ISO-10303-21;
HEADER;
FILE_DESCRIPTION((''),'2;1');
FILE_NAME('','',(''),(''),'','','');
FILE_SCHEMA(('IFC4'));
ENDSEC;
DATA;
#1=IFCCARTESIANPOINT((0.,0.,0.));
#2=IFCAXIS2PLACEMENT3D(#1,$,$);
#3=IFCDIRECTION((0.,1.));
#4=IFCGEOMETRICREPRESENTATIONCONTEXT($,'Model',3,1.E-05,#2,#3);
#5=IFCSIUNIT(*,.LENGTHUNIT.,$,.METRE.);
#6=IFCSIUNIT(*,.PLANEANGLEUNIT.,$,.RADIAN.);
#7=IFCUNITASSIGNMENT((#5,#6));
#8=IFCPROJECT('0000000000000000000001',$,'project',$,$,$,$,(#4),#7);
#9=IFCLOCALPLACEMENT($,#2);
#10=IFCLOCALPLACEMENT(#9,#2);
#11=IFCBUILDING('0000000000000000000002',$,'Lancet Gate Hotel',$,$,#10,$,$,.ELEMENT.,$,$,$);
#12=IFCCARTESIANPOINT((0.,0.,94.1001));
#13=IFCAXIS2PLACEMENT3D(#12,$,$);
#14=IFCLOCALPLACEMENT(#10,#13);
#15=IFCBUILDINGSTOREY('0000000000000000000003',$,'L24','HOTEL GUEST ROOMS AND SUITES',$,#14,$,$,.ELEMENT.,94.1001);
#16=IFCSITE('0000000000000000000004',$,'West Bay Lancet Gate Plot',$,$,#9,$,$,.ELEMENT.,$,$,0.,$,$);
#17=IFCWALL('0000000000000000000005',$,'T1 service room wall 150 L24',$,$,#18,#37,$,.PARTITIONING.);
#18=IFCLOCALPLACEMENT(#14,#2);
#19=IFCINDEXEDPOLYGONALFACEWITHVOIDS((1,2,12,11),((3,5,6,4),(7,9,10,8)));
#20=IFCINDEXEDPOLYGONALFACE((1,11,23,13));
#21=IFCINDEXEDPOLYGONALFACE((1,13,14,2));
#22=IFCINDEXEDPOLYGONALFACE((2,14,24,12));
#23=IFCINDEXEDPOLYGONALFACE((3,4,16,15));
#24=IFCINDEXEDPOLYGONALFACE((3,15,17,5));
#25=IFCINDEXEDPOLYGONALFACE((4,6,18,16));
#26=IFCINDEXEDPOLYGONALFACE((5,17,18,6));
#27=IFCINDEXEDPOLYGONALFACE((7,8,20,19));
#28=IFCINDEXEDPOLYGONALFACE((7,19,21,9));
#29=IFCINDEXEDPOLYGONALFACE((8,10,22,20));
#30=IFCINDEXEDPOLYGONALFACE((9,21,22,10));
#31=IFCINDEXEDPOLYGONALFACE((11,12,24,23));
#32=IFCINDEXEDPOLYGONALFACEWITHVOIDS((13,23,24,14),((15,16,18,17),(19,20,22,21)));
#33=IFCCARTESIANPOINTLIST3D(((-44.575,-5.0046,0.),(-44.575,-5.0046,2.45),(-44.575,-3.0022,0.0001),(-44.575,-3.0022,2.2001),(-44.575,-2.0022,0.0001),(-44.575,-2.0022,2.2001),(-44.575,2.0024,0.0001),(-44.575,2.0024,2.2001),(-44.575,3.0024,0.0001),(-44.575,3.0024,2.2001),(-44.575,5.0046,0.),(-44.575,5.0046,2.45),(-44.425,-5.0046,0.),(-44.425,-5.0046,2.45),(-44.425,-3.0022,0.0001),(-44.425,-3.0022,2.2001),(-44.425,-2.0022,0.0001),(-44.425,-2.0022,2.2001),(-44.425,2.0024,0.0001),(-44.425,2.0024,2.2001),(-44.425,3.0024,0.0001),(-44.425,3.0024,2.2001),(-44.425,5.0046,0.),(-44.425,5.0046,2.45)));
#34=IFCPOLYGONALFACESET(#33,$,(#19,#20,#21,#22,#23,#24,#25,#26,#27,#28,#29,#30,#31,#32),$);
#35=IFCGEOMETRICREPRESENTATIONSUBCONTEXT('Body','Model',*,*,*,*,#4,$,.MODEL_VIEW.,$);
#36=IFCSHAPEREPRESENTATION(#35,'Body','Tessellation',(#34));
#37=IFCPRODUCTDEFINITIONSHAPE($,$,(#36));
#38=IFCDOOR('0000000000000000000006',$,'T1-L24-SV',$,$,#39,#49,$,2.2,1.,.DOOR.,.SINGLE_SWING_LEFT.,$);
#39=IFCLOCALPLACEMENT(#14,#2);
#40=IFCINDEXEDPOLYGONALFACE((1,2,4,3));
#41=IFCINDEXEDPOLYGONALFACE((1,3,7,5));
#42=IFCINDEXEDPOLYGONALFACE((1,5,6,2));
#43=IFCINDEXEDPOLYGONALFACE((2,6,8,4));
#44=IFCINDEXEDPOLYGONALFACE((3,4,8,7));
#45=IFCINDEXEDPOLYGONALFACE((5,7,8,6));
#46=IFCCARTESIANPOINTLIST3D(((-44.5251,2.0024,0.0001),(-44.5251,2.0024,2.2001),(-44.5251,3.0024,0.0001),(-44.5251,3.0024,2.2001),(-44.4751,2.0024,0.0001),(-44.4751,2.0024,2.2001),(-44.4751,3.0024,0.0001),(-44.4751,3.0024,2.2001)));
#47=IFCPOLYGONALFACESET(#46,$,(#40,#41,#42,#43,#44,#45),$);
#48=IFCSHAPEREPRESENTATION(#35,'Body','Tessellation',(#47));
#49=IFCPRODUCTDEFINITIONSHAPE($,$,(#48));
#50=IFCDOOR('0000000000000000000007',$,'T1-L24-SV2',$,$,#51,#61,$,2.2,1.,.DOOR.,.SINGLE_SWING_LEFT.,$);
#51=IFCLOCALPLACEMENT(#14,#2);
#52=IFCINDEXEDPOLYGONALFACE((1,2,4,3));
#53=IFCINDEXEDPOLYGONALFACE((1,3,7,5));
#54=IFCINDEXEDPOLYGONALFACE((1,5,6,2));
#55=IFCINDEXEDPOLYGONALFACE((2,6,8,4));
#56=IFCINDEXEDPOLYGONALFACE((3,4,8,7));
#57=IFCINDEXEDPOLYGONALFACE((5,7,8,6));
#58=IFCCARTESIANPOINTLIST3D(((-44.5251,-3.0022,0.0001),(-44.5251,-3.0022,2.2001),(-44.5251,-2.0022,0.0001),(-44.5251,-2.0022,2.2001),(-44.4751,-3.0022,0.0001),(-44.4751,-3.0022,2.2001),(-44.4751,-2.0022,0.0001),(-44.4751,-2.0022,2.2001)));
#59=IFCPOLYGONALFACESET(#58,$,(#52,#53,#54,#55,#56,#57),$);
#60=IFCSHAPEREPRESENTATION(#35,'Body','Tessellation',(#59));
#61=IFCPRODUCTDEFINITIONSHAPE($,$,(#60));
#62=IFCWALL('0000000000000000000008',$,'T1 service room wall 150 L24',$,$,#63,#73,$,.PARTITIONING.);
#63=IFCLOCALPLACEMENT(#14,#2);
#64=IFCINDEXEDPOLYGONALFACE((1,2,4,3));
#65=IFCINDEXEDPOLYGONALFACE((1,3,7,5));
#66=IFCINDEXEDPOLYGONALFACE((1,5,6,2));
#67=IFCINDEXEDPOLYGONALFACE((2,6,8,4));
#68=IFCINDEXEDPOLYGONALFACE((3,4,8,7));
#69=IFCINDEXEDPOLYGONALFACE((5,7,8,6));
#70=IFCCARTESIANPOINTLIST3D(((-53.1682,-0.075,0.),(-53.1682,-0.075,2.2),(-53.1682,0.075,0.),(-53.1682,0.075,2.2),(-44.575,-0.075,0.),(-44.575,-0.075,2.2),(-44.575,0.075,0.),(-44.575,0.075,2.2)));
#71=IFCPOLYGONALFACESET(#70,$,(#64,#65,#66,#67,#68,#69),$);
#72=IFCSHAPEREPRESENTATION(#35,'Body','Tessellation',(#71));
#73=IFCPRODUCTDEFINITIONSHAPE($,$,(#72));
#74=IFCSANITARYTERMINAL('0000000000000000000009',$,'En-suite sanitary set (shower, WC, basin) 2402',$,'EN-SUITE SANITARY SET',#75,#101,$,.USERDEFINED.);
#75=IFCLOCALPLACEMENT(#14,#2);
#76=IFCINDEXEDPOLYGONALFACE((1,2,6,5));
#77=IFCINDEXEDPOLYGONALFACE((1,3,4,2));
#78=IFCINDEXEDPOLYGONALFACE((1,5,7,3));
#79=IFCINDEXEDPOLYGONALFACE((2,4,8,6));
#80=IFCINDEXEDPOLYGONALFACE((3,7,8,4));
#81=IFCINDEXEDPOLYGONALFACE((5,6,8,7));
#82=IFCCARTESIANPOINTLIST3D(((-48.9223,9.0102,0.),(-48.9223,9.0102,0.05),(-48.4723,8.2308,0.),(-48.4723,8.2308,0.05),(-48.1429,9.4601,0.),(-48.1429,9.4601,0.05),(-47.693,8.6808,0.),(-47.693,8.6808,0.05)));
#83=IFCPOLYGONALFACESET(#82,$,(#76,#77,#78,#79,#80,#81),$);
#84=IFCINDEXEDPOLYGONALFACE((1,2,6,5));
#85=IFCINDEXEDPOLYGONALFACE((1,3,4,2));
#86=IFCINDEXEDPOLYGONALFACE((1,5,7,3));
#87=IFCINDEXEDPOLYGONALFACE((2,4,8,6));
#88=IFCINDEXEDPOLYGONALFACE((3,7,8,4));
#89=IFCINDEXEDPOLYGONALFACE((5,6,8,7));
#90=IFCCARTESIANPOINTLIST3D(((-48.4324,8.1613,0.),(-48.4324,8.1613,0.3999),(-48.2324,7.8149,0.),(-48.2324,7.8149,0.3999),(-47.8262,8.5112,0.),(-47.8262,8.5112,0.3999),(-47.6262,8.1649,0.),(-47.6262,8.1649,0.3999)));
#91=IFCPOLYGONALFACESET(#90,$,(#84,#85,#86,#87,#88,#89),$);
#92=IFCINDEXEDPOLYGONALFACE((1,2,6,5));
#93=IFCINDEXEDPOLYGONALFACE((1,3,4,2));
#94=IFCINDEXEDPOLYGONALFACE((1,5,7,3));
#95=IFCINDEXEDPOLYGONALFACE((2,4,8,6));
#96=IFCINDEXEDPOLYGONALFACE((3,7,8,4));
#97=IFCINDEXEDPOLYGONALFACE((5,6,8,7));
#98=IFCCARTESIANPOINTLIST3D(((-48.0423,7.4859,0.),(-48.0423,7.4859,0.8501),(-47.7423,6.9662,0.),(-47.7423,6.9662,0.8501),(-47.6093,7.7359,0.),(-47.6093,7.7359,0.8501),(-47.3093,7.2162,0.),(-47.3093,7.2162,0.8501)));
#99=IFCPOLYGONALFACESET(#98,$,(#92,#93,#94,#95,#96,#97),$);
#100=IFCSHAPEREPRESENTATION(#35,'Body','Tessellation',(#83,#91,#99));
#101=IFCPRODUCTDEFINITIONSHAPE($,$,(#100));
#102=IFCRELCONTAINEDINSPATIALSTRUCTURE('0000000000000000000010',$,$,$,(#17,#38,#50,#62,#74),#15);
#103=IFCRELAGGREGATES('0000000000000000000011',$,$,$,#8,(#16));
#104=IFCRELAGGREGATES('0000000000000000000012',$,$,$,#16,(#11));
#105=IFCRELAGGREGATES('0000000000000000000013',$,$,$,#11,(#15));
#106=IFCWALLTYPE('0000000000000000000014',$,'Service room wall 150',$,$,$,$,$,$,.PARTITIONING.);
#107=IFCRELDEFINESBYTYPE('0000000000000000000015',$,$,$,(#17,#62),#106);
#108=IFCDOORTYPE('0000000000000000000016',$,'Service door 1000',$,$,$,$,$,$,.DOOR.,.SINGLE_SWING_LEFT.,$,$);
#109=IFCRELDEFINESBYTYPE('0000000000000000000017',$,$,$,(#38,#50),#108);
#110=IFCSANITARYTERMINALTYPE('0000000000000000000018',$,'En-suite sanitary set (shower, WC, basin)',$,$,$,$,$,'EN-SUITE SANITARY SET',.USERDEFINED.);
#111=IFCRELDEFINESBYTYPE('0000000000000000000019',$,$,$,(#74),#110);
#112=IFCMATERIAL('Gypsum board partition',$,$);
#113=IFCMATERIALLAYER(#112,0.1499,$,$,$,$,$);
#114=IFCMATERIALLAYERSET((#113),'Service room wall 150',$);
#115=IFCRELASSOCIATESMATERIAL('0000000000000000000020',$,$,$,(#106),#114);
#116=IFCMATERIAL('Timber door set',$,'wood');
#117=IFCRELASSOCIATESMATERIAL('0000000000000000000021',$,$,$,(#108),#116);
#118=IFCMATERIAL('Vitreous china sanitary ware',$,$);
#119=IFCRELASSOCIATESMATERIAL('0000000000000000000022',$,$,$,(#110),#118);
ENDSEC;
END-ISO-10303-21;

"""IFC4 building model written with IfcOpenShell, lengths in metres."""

from ifc_helpers import new_model, si_unit, direction, frame, frame_2d, origin, origin_2d, place, context, subcontext, project, spatial, rectangle, extrude, material, layer, layer_set, type_object, element, fill, save


model = new_model("IFC4")

# Units and contexts
model_context = context("Model", 3, precision=1e-05, world=origin(), true_north=direction((0.0, 1.0)))
body_context = subcontext(model_context, "Body", "Model", "MODEL_VIEW")
ifc_project = project(units=[si_unit("LENGTHUNIT", "METRE"), si_unit("PLANEANGLEUNIT", "RADIAN")], contexts=[model_context])

# Site, building, storey
site_placement = place(None, origin())
site = spatial("IfcSite", under=ifc_project, at=site_placement, Name="West Bay Lancet Gate Plot", CompositionType="ELEMENT", RefElevation=0.0)
building_placement = place(site_placement, origin())
building = spatial("IfcBuilding", under=site, at=building_placement, Name="Lancet Gate Hotel", CompositionType="ELEMENT")
storey_placement = place(building_placement, frame((0.0, 0.0, 94.1001)))
storey = spatial("IfcBuildingStorey", under=building, at=storey_placement, Name="L24", Description="HOTEL GUEST ROOMS AND SUITES", CompositionType="ELEMENT", Elevation=94.1001)

# Shared definitions
ifc_material_1 = material(Name="Gypsum board partition")
ifc_layer_1 = layer(ifc_material_1, 0.1499)
ifc_layer_set_1 = layer_set([ifc_layer_1], Name="Service room wall 150")
wall_type_1 = type_object("IfcWallType", Name="Service room wall 150", PredefinedType="PARTITIONING", material=ifc_layer_set_1)

# Wall, openings, doors
wall_1_placement = place(storey_placement, frame((-44.5, 5.0046, 0.0), z_axis=(0.0, 0.0, 1.0), x_axis=(0.0, -1.0, 0.0)))
wall_1 = element("IfcWall", 1, at=wall_1_placement, inside=storey, type_object=wall_type_1, Name="T1 service room wall 150 L24", PredefinedType="PARTITIONING", context=body_context, shape_type="SweptSolid", body=[
    extrude(rectangle(XDim=10.0093, YDim=0.1499, at=frame_2d((5.0046, 0.0))), origin(), (0.0, 0.0, 1.0), 2.45),
])
opening_1_placement = place(wall_1_placement, frame((2.0022, 0.0, 0.0)))
opening_1 = element("IfcOpeningElement", 2, at=opening_1_placement, cuts=wall_1, PredefinedType="OPENING", context=body_context, shape_type="SweptSolid", body=[
    extrude(rectangle(XDim=1.0, YDim=2.2, at=frame_2d((0.5, 1.1001))), frame((0.0, 0.085, 0.0), z_axis=(0.0, -1.0, 0.0), x_axis=(1.0, 0.0, 0.0)), (0.0, 0.0, 1.0), 0.1699),
])
opening_2_placement = place(wall_1_placement, frame((7.0068, 0.0, 0.0)))
opening_2 = element("IfcOpeningElement", 3, at=opening_2_placement, cuts=wall_1, PredefinedType="OPENING", context=body_context, shape_type="SweptSolid", body=[
    extrude(rectangle(XDim=1.0, YDim=2.2, at=frame_2d((0.5, 1.1001))), frame((0.0, 0.085, 0.0), z_axis=(0.0, -1.0, 0.0), x_axis=(1.0, 0.0, 0.0)), (0.0, 0.0, 1.0), 0.1699),
])
ifc_material_2 = material(Name="Timber door set", Category="wood")
door_type_1 = type_object("IfcDoorType", Name="Service door 1000", OperationType="SINGLE_SWING_LEFT", PredefinedType="DOOR", material=ifc_material_2)
door_1_placement = place(opening_1_placement, origin())
door_1 = element("IfcDoor", 4, at=door_1_placement, inside=storey, type_object=door_type_1, Name="T1-L24-SV", OperationType="SINGLE_SWING_LEFT", OverallHeight=2.2, OverallWidth=1.0, PredefinedType="DOOR", context=body_context, shape_type="SweptSolid", body=[
    extrude(rectangle(XDim=1.0, YDim=2.2, at=frame_2d((0.5, 1.1001))), frame((0.0, 0.0249, 0.0), z_axis=(0.0, -1.0, 0.0), x_axis=(1.0, 0.0, 0.0)), (0.0, 0.0, 1.0), 0.05),
])
fill(opening_1, door_1)
door_2_placement = place(opening_2_placement, origin())
door_2 = element("IfcDoor", 5, at=door_2_placement, inside=storey, type_object=door_type_1, Name="T1-L24-SV2", OperationType="SINGLE_SWING_LEFT", OverallHeight=2.2, OverallWidth=1.0, PredefinedType="DOOR", context=body_context, shape_type="SweptSolid", body=[
    extrude(rectangle(XDim=1.0, YDim=2.2, at=frame_2d((0.5, 1.1001))), frame((0.0, 0.0249, 0.0), z_axis=(0.0, -1.0, 0.0), x_axis=(1.0, 0.0, 0.0)), (0.0, 0.0, 1.0), 0.05),
])
fill(opening_2, door_2)

# Wall
wall_2_placement = place(storey_placement, frame((-44.575, 0.0, 0.0), z_axis=(0.0, 0.0, 1.0), x_axis=(-1.0, 0.0, 0.0)))
element("IfcWall", 6, at=wall_2_placement, inside=storey, type_object=wall_type_1, Name="T1 service room wall 150 L24", PredefinedType="PARTITIONING", context=body_context, shape_type="SweptSolid", body=[
    extrude(rectangle(XDim=8.5933, YDim=0.1499, at=frame_2d((4.2966, 0.0))), origin(), (0.0, 0.0, 1.0), 2.2),
])

# Sanitary terminal
ifc_material_3 = material(Name="Vitreous china sanitary ware")
sanitary_terminal_type = type_object("IfcSanitaryTerminalType", Name="En-suite sanitary set (shower, WC, basin)", ElementType="EN-SUITE SANITARY SET", PredefinedType="USERDEFINED", material=ifc_material_3)
sanitary_terminal_placement = place(storey_placement, frame((-48.3076, 8.8455, 0.0), z_axis=(0.0, 0.0, 1.0), x_axis=(1.0, 0.0, 0.0)))
element("IfcSanitaryTerminal", 7, at=sanitary_terminal_placement, inside=storey, type_object=sanitary_terminal_type, Name="En-suite sanitary set (shower, WC, basin) 2402", ObjectType="EN-SUITE SANITARY SET", PredefinedType="USERDEFINED", context=body_context, shape_type="SweptSolid", body=[
    extrude(rectangle(XDim=0.8999, YDim=0.8999, at=origin_2d()), frame((0.0, 0.0, 0.0), z_axis=(0.0, 0.0, 1.0), x_axis=(-0.5, 0.866025, 0.0)), (0.0, 0.0, 1.0), 0.05),
    extrude(rectangle(XDim=0.3999, YDim=0.7, at=origin_2d()), frame((0.2783, -0.6824, 0.0), z_axis=(0.0, 0.0, 1.0), x_axis=(-0.5, 0.866025, 0.0)), (0.0, 0.0, 1.0), 0.3999),
    extrude(rectangle(XDim=0.6001, YDim=0.5, at=origin_2d()), frame((0.6318, -1.4944, 0.0), z_axis=(0.0, 0.0, 1.0), x_axis=(-0.5, 0.866025, 0.0)), (0.0, 0.0, 1.0), 0.8501),
])

save(model, "model.ifc")
